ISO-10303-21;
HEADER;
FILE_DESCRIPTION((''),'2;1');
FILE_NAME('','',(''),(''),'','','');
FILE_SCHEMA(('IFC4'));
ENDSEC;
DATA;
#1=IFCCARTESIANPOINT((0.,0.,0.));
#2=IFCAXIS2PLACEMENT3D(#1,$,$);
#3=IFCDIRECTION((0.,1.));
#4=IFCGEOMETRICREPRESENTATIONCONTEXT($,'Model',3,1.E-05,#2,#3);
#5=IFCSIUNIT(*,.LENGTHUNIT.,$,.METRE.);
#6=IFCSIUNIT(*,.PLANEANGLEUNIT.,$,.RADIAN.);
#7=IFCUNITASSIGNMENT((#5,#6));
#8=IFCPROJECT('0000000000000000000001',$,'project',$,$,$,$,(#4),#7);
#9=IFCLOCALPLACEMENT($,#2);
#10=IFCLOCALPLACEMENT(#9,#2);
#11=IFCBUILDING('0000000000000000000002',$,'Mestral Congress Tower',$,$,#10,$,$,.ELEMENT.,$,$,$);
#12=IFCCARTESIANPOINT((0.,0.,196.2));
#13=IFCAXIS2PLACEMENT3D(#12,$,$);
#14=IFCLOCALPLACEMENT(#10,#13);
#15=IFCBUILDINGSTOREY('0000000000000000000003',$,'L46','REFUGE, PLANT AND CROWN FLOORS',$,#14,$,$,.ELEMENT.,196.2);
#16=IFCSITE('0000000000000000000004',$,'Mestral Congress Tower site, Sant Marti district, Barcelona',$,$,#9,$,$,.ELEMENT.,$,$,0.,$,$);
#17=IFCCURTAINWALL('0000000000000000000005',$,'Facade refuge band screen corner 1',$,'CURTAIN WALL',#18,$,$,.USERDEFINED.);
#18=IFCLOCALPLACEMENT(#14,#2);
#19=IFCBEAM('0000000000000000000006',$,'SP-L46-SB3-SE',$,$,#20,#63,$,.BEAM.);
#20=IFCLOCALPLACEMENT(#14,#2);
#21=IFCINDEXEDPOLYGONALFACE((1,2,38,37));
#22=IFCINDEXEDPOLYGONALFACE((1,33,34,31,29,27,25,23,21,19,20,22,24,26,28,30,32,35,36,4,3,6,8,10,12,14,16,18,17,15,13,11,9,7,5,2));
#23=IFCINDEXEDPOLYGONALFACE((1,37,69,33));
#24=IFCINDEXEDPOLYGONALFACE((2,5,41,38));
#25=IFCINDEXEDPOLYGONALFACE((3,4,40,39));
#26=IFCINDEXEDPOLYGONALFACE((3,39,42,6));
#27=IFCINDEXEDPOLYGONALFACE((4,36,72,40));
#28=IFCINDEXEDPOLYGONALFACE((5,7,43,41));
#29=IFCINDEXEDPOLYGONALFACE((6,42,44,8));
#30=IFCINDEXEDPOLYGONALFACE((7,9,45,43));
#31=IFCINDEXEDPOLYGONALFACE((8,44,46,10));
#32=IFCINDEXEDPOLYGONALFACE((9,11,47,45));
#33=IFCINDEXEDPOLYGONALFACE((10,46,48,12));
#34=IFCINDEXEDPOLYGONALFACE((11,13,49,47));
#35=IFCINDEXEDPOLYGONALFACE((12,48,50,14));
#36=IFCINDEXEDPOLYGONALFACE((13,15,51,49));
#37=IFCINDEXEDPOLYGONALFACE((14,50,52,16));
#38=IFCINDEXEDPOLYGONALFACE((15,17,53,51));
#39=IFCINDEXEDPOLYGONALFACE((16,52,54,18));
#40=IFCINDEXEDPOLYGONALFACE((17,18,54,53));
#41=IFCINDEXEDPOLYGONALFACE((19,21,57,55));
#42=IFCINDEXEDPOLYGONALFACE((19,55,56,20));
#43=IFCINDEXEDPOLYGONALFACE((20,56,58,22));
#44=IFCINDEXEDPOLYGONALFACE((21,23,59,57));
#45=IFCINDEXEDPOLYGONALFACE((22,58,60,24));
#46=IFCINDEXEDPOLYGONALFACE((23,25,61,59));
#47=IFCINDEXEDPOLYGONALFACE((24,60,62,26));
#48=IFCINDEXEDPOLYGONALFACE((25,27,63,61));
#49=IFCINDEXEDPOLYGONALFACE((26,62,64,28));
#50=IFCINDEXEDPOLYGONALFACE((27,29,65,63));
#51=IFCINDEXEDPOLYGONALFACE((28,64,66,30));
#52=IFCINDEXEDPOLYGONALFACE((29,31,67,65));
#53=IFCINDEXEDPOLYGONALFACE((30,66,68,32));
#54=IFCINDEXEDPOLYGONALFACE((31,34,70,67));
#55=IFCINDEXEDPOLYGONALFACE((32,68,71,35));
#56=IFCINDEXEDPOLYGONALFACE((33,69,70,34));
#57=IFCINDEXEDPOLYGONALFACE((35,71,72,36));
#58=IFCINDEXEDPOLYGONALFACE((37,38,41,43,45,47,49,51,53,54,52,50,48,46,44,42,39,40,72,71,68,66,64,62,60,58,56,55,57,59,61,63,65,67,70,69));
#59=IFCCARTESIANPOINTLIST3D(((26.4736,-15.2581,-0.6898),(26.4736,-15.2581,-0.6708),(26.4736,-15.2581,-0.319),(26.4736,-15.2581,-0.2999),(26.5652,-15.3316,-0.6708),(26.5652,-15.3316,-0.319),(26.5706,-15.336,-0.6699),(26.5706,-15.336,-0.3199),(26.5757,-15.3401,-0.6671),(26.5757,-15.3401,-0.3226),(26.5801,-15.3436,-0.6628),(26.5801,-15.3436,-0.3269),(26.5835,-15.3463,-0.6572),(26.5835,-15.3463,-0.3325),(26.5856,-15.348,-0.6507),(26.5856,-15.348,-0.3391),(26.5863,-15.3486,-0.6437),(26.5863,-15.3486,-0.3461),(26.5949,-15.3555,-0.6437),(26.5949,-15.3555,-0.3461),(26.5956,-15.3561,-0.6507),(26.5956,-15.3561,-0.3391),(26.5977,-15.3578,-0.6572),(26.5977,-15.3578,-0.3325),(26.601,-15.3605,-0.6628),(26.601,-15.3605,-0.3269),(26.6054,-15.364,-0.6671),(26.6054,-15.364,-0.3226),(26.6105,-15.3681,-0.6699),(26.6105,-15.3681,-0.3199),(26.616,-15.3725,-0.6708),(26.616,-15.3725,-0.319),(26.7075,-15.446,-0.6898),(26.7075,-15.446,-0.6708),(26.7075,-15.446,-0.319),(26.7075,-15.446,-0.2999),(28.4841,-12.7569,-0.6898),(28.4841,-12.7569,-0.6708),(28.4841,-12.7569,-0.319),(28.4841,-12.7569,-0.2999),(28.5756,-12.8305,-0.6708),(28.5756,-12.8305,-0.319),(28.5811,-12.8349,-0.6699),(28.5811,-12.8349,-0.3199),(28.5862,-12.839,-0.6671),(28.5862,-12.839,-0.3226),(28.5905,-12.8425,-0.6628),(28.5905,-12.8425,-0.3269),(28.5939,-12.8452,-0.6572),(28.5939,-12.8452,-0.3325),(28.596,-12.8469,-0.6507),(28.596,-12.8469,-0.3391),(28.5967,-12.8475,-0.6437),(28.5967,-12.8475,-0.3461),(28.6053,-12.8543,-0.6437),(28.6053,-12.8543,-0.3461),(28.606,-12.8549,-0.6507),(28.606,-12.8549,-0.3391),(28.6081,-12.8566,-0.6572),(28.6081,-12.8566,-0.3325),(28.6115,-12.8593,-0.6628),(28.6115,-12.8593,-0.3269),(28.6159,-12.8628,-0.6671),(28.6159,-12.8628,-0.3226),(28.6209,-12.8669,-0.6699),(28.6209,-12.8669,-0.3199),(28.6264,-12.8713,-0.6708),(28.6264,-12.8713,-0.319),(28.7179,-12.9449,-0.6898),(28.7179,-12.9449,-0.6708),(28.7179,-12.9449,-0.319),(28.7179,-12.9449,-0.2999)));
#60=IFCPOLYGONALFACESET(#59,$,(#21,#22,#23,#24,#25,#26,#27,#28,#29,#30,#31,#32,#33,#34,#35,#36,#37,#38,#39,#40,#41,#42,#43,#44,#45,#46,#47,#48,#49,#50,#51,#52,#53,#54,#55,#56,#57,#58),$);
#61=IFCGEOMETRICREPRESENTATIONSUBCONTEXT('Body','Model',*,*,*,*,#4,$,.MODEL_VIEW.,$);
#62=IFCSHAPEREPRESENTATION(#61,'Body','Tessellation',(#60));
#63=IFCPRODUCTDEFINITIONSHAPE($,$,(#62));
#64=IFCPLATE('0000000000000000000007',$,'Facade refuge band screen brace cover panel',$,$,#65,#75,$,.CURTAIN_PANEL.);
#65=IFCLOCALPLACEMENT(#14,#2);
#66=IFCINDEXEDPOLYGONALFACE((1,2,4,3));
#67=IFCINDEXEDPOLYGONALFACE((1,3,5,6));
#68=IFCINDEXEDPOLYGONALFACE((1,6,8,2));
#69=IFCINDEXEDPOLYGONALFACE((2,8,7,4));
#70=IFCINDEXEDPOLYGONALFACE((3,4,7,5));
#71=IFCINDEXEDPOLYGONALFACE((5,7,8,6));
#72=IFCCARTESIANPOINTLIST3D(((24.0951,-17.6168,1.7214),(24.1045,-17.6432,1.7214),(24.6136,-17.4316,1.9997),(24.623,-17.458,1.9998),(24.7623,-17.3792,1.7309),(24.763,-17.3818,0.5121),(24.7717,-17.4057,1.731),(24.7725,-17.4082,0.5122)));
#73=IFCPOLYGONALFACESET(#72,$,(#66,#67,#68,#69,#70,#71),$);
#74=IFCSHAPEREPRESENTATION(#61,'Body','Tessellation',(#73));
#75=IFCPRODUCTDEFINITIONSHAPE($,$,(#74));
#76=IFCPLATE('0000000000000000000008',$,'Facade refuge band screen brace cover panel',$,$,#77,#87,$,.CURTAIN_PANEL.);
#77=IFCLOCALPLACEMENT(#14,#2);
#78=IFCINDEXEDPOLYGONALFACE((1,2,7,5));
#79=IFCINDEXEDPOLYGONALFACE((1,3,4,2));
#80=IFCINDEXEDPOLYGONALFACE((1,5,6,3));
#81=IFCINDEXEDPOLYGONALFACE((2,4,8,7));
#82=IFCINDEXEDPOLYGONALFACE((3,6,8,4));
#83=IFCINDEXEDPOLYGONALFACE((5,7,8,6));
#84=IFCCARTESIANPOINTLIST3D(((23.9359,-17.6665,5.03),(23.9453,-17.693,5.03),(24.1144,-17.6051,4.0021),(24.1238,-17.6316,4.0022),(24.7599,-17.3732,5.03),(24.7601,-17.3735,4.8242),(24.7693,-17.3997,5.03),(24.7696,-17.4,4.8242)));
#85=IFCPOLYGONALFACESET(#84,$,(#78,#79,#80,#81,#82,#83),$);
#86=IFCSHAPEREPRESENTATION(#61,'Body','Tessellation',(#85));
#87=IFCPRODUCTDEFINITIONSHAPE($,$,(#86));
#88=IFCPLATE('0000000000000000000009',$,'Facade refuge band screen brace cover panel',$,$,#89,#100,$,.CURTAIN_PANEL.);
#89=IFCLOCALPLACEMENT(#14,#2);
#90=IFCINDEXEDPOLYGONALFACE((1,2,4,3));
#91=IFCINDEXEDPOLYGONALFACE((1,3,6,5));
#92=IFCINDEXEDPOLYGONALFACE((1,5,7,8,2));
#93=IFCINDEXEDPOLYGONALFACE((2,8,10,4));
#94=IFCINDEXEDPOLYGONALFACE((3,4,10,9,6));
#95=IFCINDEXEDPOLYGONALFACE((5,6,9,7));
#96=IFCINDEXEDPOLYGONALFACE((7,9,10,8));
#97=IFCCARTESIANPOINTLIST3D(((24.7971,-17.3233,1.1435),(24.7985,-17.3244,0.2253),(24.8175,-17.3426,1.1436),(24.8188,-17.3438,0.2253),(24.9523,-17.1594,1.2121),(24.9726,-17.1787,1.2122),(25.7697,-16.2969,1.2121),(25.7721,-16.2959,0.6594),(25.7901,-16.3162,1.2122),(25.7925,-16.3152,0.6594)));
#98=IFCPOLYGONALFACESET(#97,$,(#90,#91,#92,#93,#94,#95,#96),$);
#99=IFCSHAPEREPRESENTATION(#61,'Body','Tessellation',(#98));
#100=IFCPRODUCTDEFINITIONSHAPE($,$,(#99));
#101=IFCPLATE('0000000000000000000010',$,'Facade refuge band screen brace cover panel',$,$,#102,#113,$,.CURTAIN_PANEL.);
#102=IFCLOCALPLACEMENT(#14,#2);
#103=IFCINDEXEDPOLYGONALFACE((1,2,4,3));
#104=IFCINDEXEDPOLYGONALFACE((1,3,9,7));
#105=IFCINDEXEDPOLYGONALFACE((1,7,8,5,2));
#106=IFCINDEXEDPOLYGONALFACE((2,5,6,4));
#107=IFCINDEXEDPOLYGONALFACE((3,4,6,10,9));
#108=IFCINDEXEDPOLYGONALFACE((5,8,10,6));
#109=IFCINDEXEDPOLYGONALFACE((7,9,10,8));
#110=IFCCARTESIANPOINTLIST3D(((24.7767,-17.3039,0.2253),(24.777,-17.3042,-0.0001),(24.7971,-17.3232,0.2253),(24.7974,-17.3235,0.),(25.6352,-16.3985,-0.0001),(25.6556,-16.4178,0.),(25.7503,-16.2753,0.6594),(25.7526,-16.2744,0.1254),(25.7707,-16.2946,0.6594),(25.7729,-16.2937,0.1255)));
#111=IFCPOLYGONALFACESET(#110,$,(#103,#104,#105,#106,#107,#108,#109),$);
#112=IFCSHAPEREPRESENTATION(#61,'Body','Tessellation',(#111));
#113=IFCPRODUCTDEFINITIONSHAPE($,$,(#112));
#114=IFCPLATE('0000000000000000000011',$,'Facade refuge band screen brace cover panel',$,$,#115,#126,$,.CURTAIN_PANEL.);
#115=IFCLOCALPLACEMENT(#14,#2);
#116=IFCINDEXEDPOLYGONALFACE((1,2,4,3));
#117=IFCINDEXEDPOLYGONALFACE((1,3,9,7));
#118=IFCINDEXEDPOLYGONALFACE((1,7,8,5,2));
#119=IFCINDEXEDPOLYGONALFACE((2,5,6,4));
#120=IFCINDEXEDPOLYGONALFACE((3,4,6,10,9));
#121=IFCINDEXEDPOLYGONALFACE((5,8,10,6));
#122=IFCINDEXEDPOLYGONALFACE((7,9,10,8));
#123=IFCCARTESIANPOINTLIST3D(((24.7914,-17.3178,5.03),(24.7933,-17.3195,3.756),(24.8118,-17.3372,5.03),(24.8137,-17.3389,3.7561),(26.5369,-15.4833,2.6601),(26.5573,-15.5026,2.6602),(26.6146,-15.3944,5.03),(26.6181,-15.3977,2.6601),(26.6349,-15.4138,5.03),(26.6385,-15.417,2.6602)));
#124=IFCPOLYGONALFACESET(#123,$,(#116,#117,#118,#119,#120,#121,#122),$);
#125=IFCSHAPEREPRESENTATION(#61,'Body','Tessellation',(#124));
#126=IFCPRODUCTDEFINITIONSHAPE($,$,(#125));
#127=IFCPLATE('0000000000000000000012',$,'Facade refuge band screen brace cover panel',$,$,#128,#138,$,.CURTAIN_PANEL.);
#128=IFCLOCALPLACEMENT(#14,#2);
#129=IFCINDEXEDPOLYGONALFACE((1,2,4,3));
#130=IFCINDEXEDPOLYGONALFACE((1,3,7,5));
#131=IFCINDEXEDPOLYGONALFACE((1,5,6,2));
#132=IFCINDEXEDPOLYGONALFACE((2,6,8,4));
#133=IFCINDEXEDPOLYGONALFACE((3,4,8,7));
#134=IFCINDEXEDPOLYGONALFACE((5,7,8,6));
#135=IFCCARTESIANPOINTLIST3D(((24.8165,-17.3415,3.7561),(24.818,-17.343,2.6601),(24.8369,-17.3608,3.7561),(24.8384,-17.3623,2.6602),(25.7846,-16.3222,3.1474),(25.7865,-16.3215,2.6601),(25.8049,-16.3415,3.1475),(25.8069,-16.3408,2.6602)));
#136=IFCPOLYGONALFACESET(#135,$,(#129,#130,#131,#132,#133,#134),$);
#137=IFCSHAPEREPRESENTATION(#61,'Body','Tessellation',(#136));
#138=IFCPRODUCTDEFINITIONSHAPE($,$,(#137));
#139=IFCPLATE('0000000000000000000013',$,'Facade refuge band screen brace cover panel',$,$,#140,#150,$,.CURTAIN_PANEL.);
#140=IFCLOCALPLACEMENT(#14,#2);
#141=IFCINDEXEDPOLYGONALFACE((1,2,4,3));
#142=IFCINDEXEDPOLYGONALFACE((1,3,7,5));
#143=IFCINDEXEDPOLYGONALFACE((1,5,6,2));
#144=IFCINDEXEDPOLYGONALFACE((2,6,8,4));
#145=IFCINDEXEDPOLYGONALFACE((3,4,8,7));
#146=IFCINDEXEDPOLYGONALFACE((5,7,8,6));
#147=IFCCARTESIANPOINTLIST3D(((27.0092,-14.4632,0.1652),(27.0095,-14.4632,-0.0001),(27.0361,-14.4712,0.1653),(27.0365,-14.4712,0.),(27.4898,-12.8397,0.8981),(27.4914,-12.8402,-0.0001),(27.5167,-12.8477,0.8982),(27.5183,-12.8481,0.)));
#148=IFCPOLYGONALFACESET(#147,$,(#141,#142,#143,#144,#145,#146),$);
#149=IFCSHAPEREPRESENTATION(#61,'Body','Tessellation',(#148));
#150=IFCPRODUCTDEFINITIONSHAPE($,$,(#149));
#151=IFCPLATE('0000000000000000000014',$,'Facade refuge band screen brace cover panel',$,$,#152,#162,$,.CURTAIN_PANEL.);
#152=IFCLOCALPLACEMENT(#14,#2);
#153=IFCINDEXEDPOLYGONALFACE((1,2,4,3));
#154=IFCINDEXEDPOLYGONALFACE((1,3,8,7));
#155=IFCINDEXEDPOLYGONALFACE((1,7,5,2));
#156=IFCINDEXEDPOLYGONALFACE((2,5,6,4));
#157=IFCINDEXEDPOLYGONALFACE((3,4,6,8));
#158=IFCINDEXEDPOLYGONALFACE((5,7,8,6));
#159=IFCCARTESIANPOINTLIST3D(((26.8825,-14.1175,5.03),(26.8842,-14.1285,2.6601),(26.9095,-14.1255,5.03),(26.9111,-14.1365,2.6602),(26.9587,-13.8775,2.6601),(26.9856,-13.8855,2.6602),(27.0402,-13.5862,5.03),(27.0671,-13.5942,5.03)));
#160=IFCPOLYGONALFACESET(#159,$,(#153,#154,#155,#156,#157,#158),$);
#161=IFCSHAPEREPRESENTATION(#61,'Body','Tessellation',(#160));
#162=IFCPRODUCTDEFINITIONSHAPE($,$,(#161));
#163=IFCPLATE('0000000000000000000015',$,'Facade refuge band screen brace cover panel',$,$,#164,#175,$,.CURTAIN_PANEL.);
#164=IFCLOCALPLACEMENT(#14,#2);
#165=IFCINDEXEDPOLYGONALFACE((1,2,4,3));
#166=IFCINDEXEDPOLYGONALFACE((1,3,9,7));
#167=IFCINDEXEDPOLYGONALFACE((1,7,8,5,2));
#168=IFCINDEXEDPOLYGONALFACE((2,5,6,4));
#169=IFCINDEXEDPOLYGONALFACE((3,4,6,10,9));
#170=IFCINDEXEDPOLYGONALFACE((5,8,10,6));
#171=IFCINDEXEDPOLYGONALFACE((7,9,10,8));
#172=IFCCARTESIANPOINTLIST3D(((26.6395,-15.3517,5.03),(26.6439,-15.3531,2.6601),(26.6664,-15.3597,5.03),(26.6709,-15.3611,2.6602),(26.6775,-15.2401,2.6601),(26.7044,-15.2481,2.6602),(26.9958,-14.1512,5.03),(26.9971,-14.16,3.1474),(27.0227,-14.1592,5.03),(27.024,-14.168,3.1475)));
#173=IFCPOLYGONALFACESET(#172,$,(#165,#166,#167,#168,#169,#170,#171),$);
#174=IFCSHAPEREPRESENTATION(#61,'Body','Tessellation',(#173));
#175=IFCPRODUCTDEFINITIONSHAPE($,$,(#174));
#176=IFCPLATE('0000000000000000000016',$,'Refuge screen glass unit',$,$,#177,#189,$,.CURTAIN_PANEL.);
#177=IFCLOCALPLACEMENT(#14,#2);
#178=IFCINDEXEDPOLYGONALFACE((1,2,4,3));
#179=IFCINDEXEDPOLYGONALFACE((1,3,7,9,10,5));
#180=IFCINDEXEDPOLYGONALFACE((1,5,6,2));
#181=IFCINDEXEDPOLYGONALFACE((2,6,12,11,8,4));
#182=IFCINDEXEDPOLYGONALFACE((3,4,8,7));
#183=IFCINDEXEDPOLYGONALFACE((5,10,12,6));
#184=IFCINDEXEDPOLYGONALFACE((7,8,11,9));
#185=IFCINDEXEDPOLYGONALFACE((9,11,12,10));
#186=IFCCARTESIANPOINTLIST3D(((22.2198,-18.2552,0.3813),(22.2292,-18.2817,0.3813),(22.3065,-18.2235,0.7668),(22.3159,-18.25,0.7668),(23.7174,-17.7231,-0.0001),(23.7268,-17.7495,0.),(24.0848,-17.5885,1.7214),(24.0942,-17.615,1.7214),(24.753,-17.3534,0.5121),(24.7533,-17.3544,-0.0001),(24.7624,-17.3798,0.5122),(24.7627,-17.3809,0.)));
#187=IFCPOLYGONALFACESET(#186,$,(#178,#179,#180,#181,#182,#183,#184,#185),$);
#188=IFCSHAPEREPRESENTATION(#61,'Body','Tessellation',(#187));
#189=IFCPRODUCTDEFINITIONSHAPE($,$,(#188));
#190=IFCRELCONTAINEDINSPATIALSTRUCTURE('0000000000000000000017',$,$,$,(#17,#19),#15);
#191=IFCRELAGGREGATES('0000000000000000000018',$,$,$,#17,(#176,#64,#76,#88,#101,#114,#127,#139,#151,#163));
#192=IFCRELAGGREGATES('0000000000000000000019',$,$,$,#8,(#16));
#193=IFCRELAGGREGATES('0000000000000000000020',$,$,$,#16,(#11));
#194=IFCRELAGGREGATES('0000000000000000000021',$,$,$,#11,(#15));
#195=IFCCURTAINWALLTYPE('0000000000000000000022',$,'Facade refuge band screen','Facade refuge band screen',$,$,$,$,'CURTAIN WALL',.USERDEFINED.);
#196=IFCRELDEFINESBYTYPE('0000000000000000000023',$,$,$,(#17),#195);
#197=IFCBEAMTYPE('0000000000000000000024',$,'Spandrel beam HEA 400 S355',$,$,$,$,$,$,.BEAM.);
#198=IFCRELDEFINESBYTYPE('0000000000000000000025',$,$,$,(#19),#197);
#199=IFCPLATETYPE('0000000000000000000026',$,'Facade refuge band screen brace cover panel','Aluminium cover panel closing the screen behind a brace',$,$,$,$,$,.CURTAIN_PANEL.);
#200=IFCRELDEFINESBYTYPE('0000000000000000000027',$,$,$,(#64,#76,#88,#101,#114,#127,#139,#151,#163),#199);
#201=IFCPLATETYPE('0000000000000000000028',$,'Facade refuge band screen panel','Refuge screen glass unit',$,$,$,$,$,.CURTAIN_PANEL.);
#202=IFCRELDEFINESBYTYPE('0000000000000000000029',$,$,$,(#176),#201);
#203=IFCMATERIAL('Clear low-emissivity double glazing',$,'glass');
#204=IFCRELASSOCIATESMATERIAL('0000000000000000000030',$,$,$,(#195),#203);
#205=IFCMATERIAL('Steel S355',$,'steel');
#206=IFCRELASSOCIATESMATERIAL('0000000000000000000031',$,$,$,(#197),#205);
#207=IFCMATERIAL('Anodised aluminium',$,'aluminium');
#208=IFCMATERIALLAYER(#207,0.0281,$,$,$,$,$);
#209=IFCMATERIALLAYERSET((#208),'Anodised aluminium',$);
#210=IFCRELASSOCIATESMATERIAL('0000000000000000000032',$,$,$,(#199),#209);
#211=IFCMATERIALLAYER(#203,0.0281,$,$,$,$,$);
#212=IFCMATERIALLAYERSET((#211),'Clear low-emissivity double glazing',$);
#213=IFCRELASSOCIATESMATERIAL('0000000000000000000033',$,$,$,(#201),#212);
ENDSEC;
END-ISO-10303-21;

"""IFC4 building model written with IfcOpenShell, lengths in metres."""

from ifc_helpers import new_model, si_unit, direction, frame, origin, origin_2d, place, context, subcontext, project, spatial, polyline, i_section, outline, extrude, material, layer, layer_set, material_profile, profile_set, type_object, element, aggregate, save


model = new_model("IFC4")

# Units and contexts
model_context = context("Model", 3, precision=1e-05, world=origin(), true_north=direction((0.0, 1.0)))
body_context = subcontext(model_context, "Body", "Model", "MODEL_VIEW")
ifc_project = project(units=[si_unit("LENGTHUNIT", "METRE"), si_unit("PLANEANGLEUNIT", "RADIAN")], contexts=[model_context])

# Site, building, storey
site_placement = place(None, origin())
site = spatial("IfcSite", under=ifc_project, at=site_placement, Name="Mestral Congress Tower site, Sant Marti district, Barcelona", CompositionType="ELEMENT", RefElevation=0.0)
building_placement = place(site_placement, origin())
building = spatial("IfcBuilding", under=site, at=building_placement, Name="Mestral Congress Tower", CompositionType="ELEMENT")
storey_placement = place(building_placement, frame((0.0, 0.0, 196.2)))
storey = spatial("IfcBuildingStorey", under=building, at=storey_placement, Name="L46", Description="REFUGE, PLANT AND CROWN FLOORS", CompositionType="ELEMENT", Elevation=196.2)

# Shared definitions
ifc_material_1 = material(Name="Steel S355", Category="steel")

# Curtain wall
ifc_material_2 = material(Name="Clear low-emissivity double glazing", Category="glass")
curtain_wall_type = type_object("IfcCurtainWallType", Name="Facade refuge band screen", Description="Facade refuge band screen", ElementType="CURTAIN WALL", PredefinedType="USERDEFINED", material=ifc_material_2)
curtain_wall_placement = place(storey_placement, origin())
curtain_wall = element("IfcCurtainWall", 1, at=curtain_wall_placement, inside=storey, type_object=curtain_wall_type, Name="Facade refuge band screen corner 1", ObjectType="CURTAIN WALL", PredefinedType="USERDEFINED")
ifc_material_3 = material(Name="Anodised aluminium", Category="aluminium")

# Beam
ifc_material_profile_1 = material_profile(ifc_material_1, i_section(OverallWidth=0.3, OverallDepth=0.3899, WebThickness=0.011, FlangeThickness=0.019, FilletRadius=0.0271, at=origin_2d()), Name="HEA 400")
ifc_profile_set_1 = profile_set([ifc_material_profile_1], Name="Steel S355")
beam_type_1 = type_object("IfcBeamType", Name="Spandrel beam HEA 400 S355", PredefinedType="BEAM", material=ifc_profile_set_1)
for number, where, z_axis, x_axis, name in (
    (2, (26.5906, -15.3521, -0.4949), (0.626503, 0.779419, 0.0), (-0.779419, 0.626503, 0.0), "SP-L46-SB3-SE"),
):
    element("IfcBeam", number, at=place(storey_placement, frame(where, z_axis=z_axis, x_axis=x_axis)), inside=storey, type_object=beam_type_1, Name=name, PredefinedType="BEAM", context=body_context, shape_type="SweptSolid", body=[
        extrude(i_section(OverallWidth=0.3, OverallDepth=0.3899, WebThickness=0.011, FlangeThickness=0.019, FilletRadius=0.0271, at=origin_2d()), origin(), (0.0, 0.0, 1.0), 3.209),
    ])

# Plates
ifc_layer_1 = layer(ifc_material_3, 0.0281)
ifc_layer_set_1 = layer_set([ifc_layer_1], Name="Anodised aluminium")
plate_type_1 = type_object("IfcPlateType", Name="Facade refuge band screen brace cover panel", Description="Aluminium cover panel closing the screen behind a brace", PredefinedType="CURTAIN_PANEL", material=ifc_layer_set_1)
plate_1_placement = place(storey_placement, frame((24.7725, -17.4082, 0.5122), z_axis=(0.335369, -0.942084, 0.002144), x_axis=(-0.476688, -0.167731, 0.862922)))
plate_1 = element("IfcPlate", 3, at=plate_1_placement, type_object=plate_type_1, Name="Facade refuge band screen brace cover panel", PredefinedType="CURTAIN_PANEL", context=body_context, shape_type="SweptSolid", body=[
    extrude(outline(polyline([(0.0, 0.0), (1.4013, 0.0), (1.3632, -0.6158), (1.0516, -0.616), (0.0, 0.0)])), origin(), (0.0, 0.0, -1.0), 0.0281),
])
plate_2_placement = place(storey_placement, frame((24.7693, -17.3997, 5.03), z_axis=(0.335358, -0.942089, 0.001971), x_axis=(0.001339, -0.001616, -0.999998)))
plate_2 = element("IfcPlate", 4, at=plate_2_placement, type_object=plate_type_1, Name="Facade refuge band screen brace cover panel", PredefinedType="CURTAIN_PANEL", context=body_context, shape_type="SweptSolid", body=[
    extrude(outline(polyline([(0.0, 0.0), (0.2058, 0.0), (1.0273, -0.6866), (-0.0006, -0.8746), (0.0, 0.0)])), origin(), (0.0, 0.0, -1.0), 0.0281),
])
plate_3_placement = place(storey_placement, frame((24.8188, -17.3438, 0.2253), z_axis=(0.725791, -0.687913, 0.001951), x_axis=(-0.001508, 0.001246, 0.999998)))
plate_3 = element("IfcPlate", 5, at=plate_3_placement, type_object=plate_type_1, Name="Facade refuge band screen brace cover panel", PredefinedType="CURTAIN_PANEL", context=body_context, shape_type="SweptSolid", body=[
    extrude(outline(polyline([(0.0, 0.0), (0.9182, 0.0), (0.9868, -0.2257), (0.9866, -1.414), (0.4339, -1.4164), (0.0, 0.0)])), origin(), (0.0, 0.0, -1.0), 0.0281),
])
plate_4_placement = place(storey_placement, frame((24.7974, -17.3235, 0.0), z_axis=(0.725848, -0.687852, 0.001909), x_axis=(-0.001357, 0.001343, 0.999998)))
plate_4 = element("IfcPlate", 6, at=plate_4_placement, type_object=plate_type_1, Name="Facade refuge band screen brace cover panel", PredefinedType="CURTAIN_PANEL", context=body_context, shape_type="SweptSolid", body=[
    extrude(outline(polyline([(0.0, 0.0), (0.2253, 0.0), (0.6595, -1.4163), (0.1255, -1.4185), (0.0001, -1.2477), (0.0, 0.0)])), origin(), (0.0, 0.0, -1.0), 0.0281),
])
plate_5_placement = place(storey_placement, frame((24.8118, -17.3372, 5.03), z_axis=(0.725762, -0.687942, 0.002025), x_axis=(0.687944, 0.725764, 0.0)))
plate_5 = element("IfcPlate", 7, at=plate_5_placement, type_object=plate_type_1, Name="Facade refuge band screen brace cover panel", PredefinedType="CURTAIN_PANEL", context=body_context, shape_type="SweptSolid", body=[
    extrude(outline(polyline([(0.0, 0.0), (2.6502, 0.0), (2.6502, -2.3699), (2.5323, -2.3699), (0.0001, -1.2739), (0.0, 0.0)])), origin(), (0.0, 0.0, -1.0), 0.0281),
])
plate_6_placement = place(storey_placement, frame((24.8369, -17.3608, 3.7561), z_axis=(0.725671, -0.688039, 0.001885), x_axis=(0.63194, 0.665415, -0.397335)))
plate_6 = element("IfcPlate", 8, at=plate_6_placement, type_object=plate_type_1, Name="Facade refuge band screen brace cover panel", PredefinedType="CURTAIN_PANEL", context=body_context, shape_type="SweptSolid", body=[
    extrude(outline(polyline([(0.0, 0.0), (1.5318, 0.0), (1.7272, -0.4464), (0.4354, -1.0057), (0.0, 0.0)])), origin(), (0.0, 0.0, -1.0), 0.0281),
])
plate_7_placement = place(storey_placement, frame((27.0361, -14.4712, 0.1653), z_axis=(0.958644, -0.284603, 0.001891), x_axis=(0.260463, 0.879972, 0.39725)))
plate_7 = element("IfcPlate", 9, at=plate_7_placement, type_object=plate_type_1, Name="Facade refuge band screen brace cover panel", PredefinedType="CURTAIN_PANEL", context=body_context, shape_type="SweptSolid", body=[
    extrude(outline(polyline([(0.0, 0.0), (1.845, 0.0), (1.4882, -0.8243), (-0.0656, -0.1517), (0.0, 0.0)])), origin(), (0.0, 0.0, -1.0), 0.0281),
])
plate_8_placement = place(storey_placement, frame((27.0671, -13.5942, 5.03), z_axis=(0.95866, -0.284546, 0.001998), x_axis=(-0.034119, -0.121916, -0.991954)))
plate_8 = element("IfcPlate", 10, at=plate_8_placement, type_object=plate_type_1, Name="Facade refuge band screen brace cover panel", PredefinedType="CURTAIN_PANEL", context=body_context, shape_type="SweptSolid", body=[
    extrude(outline(polyline([(0.0, 0.0), (2.3891, 0.0), (2.4222, -0.2597), (0.0701, -0.5497), (0.0, 0.0)])), origin(), (0.0, 0.0, -1.0), 0.0281),
])
plate_9_placement = place(storey_placement, frame((27.0227, -14.1592, 5.03), z_axis=(0.958658, -0.284554, 0.001986), x_axis=(0.000683, -0.004679, -0.999989)))
plate_9 = element("IfcPlate", 11, at=plate_9_placement, type_object=plate_type_1, Name="Facade refuge band screen brace cover panel", PredefinedType="CURTAIN_PANEL", context=body_context, shape_type="SweptSolid", body=[
    extrude(outline(polyline([(0.0, 0.0), (1.8826, 0.0), (2.3747, -1.1243), (2.3752, -1.2421), (0.0054, -1.2522), (0.0, 0.0)])), origin(), (0.0, 0.0, -1.0), 0.0281),
])
ifc_layer_2 = layer(ifc_material_2, 0.0281)
ifc_layer_set_2 = layer_set([ifc_layer_2], Name="Clear low-emissivity double glazing")
plate_type_2 = type_object("IfcPlateType", Name="Facade refuge band screen panel", Description="Refuge screen glass unit", PredefinedType="CURTAIN_PANEL", material=ifc_layer_set_2)
plate_10_placement = place(storey_placement, frame((24.7627, -17.3809, 0.0), z_axis=(0.33529, -0.942113, 0.00206), x_axis=(-0.942115, -0.335291, 0.0)))
plate_10 = element("IfcPlate", 12, at=plate_10_placement, type_object=plate_type_2, Name="Refuge screen glass unit", PredefinedType="CURTAIN_PANEL", context=body_context, shape_type="SweptSolid", body=[
    extrude(outline(polyline([(0.0, 0.0), (1.0995, 0.0), (2.6889, -0.3813), (2.5966, -0.7668), (0.7083, -1.7214), (-0.0001, -0.5122), (0.0, 0.0)])), origin(), (0.0, 0.0, -1.0), 0.0281),
])

aggregate(curtain_wall, [plate_10, plate_1, plate_2, plate_3, plate_4, plate_5, plate_6, plate_7, plate_8, plate_9])

save(model, "model.ifc")
